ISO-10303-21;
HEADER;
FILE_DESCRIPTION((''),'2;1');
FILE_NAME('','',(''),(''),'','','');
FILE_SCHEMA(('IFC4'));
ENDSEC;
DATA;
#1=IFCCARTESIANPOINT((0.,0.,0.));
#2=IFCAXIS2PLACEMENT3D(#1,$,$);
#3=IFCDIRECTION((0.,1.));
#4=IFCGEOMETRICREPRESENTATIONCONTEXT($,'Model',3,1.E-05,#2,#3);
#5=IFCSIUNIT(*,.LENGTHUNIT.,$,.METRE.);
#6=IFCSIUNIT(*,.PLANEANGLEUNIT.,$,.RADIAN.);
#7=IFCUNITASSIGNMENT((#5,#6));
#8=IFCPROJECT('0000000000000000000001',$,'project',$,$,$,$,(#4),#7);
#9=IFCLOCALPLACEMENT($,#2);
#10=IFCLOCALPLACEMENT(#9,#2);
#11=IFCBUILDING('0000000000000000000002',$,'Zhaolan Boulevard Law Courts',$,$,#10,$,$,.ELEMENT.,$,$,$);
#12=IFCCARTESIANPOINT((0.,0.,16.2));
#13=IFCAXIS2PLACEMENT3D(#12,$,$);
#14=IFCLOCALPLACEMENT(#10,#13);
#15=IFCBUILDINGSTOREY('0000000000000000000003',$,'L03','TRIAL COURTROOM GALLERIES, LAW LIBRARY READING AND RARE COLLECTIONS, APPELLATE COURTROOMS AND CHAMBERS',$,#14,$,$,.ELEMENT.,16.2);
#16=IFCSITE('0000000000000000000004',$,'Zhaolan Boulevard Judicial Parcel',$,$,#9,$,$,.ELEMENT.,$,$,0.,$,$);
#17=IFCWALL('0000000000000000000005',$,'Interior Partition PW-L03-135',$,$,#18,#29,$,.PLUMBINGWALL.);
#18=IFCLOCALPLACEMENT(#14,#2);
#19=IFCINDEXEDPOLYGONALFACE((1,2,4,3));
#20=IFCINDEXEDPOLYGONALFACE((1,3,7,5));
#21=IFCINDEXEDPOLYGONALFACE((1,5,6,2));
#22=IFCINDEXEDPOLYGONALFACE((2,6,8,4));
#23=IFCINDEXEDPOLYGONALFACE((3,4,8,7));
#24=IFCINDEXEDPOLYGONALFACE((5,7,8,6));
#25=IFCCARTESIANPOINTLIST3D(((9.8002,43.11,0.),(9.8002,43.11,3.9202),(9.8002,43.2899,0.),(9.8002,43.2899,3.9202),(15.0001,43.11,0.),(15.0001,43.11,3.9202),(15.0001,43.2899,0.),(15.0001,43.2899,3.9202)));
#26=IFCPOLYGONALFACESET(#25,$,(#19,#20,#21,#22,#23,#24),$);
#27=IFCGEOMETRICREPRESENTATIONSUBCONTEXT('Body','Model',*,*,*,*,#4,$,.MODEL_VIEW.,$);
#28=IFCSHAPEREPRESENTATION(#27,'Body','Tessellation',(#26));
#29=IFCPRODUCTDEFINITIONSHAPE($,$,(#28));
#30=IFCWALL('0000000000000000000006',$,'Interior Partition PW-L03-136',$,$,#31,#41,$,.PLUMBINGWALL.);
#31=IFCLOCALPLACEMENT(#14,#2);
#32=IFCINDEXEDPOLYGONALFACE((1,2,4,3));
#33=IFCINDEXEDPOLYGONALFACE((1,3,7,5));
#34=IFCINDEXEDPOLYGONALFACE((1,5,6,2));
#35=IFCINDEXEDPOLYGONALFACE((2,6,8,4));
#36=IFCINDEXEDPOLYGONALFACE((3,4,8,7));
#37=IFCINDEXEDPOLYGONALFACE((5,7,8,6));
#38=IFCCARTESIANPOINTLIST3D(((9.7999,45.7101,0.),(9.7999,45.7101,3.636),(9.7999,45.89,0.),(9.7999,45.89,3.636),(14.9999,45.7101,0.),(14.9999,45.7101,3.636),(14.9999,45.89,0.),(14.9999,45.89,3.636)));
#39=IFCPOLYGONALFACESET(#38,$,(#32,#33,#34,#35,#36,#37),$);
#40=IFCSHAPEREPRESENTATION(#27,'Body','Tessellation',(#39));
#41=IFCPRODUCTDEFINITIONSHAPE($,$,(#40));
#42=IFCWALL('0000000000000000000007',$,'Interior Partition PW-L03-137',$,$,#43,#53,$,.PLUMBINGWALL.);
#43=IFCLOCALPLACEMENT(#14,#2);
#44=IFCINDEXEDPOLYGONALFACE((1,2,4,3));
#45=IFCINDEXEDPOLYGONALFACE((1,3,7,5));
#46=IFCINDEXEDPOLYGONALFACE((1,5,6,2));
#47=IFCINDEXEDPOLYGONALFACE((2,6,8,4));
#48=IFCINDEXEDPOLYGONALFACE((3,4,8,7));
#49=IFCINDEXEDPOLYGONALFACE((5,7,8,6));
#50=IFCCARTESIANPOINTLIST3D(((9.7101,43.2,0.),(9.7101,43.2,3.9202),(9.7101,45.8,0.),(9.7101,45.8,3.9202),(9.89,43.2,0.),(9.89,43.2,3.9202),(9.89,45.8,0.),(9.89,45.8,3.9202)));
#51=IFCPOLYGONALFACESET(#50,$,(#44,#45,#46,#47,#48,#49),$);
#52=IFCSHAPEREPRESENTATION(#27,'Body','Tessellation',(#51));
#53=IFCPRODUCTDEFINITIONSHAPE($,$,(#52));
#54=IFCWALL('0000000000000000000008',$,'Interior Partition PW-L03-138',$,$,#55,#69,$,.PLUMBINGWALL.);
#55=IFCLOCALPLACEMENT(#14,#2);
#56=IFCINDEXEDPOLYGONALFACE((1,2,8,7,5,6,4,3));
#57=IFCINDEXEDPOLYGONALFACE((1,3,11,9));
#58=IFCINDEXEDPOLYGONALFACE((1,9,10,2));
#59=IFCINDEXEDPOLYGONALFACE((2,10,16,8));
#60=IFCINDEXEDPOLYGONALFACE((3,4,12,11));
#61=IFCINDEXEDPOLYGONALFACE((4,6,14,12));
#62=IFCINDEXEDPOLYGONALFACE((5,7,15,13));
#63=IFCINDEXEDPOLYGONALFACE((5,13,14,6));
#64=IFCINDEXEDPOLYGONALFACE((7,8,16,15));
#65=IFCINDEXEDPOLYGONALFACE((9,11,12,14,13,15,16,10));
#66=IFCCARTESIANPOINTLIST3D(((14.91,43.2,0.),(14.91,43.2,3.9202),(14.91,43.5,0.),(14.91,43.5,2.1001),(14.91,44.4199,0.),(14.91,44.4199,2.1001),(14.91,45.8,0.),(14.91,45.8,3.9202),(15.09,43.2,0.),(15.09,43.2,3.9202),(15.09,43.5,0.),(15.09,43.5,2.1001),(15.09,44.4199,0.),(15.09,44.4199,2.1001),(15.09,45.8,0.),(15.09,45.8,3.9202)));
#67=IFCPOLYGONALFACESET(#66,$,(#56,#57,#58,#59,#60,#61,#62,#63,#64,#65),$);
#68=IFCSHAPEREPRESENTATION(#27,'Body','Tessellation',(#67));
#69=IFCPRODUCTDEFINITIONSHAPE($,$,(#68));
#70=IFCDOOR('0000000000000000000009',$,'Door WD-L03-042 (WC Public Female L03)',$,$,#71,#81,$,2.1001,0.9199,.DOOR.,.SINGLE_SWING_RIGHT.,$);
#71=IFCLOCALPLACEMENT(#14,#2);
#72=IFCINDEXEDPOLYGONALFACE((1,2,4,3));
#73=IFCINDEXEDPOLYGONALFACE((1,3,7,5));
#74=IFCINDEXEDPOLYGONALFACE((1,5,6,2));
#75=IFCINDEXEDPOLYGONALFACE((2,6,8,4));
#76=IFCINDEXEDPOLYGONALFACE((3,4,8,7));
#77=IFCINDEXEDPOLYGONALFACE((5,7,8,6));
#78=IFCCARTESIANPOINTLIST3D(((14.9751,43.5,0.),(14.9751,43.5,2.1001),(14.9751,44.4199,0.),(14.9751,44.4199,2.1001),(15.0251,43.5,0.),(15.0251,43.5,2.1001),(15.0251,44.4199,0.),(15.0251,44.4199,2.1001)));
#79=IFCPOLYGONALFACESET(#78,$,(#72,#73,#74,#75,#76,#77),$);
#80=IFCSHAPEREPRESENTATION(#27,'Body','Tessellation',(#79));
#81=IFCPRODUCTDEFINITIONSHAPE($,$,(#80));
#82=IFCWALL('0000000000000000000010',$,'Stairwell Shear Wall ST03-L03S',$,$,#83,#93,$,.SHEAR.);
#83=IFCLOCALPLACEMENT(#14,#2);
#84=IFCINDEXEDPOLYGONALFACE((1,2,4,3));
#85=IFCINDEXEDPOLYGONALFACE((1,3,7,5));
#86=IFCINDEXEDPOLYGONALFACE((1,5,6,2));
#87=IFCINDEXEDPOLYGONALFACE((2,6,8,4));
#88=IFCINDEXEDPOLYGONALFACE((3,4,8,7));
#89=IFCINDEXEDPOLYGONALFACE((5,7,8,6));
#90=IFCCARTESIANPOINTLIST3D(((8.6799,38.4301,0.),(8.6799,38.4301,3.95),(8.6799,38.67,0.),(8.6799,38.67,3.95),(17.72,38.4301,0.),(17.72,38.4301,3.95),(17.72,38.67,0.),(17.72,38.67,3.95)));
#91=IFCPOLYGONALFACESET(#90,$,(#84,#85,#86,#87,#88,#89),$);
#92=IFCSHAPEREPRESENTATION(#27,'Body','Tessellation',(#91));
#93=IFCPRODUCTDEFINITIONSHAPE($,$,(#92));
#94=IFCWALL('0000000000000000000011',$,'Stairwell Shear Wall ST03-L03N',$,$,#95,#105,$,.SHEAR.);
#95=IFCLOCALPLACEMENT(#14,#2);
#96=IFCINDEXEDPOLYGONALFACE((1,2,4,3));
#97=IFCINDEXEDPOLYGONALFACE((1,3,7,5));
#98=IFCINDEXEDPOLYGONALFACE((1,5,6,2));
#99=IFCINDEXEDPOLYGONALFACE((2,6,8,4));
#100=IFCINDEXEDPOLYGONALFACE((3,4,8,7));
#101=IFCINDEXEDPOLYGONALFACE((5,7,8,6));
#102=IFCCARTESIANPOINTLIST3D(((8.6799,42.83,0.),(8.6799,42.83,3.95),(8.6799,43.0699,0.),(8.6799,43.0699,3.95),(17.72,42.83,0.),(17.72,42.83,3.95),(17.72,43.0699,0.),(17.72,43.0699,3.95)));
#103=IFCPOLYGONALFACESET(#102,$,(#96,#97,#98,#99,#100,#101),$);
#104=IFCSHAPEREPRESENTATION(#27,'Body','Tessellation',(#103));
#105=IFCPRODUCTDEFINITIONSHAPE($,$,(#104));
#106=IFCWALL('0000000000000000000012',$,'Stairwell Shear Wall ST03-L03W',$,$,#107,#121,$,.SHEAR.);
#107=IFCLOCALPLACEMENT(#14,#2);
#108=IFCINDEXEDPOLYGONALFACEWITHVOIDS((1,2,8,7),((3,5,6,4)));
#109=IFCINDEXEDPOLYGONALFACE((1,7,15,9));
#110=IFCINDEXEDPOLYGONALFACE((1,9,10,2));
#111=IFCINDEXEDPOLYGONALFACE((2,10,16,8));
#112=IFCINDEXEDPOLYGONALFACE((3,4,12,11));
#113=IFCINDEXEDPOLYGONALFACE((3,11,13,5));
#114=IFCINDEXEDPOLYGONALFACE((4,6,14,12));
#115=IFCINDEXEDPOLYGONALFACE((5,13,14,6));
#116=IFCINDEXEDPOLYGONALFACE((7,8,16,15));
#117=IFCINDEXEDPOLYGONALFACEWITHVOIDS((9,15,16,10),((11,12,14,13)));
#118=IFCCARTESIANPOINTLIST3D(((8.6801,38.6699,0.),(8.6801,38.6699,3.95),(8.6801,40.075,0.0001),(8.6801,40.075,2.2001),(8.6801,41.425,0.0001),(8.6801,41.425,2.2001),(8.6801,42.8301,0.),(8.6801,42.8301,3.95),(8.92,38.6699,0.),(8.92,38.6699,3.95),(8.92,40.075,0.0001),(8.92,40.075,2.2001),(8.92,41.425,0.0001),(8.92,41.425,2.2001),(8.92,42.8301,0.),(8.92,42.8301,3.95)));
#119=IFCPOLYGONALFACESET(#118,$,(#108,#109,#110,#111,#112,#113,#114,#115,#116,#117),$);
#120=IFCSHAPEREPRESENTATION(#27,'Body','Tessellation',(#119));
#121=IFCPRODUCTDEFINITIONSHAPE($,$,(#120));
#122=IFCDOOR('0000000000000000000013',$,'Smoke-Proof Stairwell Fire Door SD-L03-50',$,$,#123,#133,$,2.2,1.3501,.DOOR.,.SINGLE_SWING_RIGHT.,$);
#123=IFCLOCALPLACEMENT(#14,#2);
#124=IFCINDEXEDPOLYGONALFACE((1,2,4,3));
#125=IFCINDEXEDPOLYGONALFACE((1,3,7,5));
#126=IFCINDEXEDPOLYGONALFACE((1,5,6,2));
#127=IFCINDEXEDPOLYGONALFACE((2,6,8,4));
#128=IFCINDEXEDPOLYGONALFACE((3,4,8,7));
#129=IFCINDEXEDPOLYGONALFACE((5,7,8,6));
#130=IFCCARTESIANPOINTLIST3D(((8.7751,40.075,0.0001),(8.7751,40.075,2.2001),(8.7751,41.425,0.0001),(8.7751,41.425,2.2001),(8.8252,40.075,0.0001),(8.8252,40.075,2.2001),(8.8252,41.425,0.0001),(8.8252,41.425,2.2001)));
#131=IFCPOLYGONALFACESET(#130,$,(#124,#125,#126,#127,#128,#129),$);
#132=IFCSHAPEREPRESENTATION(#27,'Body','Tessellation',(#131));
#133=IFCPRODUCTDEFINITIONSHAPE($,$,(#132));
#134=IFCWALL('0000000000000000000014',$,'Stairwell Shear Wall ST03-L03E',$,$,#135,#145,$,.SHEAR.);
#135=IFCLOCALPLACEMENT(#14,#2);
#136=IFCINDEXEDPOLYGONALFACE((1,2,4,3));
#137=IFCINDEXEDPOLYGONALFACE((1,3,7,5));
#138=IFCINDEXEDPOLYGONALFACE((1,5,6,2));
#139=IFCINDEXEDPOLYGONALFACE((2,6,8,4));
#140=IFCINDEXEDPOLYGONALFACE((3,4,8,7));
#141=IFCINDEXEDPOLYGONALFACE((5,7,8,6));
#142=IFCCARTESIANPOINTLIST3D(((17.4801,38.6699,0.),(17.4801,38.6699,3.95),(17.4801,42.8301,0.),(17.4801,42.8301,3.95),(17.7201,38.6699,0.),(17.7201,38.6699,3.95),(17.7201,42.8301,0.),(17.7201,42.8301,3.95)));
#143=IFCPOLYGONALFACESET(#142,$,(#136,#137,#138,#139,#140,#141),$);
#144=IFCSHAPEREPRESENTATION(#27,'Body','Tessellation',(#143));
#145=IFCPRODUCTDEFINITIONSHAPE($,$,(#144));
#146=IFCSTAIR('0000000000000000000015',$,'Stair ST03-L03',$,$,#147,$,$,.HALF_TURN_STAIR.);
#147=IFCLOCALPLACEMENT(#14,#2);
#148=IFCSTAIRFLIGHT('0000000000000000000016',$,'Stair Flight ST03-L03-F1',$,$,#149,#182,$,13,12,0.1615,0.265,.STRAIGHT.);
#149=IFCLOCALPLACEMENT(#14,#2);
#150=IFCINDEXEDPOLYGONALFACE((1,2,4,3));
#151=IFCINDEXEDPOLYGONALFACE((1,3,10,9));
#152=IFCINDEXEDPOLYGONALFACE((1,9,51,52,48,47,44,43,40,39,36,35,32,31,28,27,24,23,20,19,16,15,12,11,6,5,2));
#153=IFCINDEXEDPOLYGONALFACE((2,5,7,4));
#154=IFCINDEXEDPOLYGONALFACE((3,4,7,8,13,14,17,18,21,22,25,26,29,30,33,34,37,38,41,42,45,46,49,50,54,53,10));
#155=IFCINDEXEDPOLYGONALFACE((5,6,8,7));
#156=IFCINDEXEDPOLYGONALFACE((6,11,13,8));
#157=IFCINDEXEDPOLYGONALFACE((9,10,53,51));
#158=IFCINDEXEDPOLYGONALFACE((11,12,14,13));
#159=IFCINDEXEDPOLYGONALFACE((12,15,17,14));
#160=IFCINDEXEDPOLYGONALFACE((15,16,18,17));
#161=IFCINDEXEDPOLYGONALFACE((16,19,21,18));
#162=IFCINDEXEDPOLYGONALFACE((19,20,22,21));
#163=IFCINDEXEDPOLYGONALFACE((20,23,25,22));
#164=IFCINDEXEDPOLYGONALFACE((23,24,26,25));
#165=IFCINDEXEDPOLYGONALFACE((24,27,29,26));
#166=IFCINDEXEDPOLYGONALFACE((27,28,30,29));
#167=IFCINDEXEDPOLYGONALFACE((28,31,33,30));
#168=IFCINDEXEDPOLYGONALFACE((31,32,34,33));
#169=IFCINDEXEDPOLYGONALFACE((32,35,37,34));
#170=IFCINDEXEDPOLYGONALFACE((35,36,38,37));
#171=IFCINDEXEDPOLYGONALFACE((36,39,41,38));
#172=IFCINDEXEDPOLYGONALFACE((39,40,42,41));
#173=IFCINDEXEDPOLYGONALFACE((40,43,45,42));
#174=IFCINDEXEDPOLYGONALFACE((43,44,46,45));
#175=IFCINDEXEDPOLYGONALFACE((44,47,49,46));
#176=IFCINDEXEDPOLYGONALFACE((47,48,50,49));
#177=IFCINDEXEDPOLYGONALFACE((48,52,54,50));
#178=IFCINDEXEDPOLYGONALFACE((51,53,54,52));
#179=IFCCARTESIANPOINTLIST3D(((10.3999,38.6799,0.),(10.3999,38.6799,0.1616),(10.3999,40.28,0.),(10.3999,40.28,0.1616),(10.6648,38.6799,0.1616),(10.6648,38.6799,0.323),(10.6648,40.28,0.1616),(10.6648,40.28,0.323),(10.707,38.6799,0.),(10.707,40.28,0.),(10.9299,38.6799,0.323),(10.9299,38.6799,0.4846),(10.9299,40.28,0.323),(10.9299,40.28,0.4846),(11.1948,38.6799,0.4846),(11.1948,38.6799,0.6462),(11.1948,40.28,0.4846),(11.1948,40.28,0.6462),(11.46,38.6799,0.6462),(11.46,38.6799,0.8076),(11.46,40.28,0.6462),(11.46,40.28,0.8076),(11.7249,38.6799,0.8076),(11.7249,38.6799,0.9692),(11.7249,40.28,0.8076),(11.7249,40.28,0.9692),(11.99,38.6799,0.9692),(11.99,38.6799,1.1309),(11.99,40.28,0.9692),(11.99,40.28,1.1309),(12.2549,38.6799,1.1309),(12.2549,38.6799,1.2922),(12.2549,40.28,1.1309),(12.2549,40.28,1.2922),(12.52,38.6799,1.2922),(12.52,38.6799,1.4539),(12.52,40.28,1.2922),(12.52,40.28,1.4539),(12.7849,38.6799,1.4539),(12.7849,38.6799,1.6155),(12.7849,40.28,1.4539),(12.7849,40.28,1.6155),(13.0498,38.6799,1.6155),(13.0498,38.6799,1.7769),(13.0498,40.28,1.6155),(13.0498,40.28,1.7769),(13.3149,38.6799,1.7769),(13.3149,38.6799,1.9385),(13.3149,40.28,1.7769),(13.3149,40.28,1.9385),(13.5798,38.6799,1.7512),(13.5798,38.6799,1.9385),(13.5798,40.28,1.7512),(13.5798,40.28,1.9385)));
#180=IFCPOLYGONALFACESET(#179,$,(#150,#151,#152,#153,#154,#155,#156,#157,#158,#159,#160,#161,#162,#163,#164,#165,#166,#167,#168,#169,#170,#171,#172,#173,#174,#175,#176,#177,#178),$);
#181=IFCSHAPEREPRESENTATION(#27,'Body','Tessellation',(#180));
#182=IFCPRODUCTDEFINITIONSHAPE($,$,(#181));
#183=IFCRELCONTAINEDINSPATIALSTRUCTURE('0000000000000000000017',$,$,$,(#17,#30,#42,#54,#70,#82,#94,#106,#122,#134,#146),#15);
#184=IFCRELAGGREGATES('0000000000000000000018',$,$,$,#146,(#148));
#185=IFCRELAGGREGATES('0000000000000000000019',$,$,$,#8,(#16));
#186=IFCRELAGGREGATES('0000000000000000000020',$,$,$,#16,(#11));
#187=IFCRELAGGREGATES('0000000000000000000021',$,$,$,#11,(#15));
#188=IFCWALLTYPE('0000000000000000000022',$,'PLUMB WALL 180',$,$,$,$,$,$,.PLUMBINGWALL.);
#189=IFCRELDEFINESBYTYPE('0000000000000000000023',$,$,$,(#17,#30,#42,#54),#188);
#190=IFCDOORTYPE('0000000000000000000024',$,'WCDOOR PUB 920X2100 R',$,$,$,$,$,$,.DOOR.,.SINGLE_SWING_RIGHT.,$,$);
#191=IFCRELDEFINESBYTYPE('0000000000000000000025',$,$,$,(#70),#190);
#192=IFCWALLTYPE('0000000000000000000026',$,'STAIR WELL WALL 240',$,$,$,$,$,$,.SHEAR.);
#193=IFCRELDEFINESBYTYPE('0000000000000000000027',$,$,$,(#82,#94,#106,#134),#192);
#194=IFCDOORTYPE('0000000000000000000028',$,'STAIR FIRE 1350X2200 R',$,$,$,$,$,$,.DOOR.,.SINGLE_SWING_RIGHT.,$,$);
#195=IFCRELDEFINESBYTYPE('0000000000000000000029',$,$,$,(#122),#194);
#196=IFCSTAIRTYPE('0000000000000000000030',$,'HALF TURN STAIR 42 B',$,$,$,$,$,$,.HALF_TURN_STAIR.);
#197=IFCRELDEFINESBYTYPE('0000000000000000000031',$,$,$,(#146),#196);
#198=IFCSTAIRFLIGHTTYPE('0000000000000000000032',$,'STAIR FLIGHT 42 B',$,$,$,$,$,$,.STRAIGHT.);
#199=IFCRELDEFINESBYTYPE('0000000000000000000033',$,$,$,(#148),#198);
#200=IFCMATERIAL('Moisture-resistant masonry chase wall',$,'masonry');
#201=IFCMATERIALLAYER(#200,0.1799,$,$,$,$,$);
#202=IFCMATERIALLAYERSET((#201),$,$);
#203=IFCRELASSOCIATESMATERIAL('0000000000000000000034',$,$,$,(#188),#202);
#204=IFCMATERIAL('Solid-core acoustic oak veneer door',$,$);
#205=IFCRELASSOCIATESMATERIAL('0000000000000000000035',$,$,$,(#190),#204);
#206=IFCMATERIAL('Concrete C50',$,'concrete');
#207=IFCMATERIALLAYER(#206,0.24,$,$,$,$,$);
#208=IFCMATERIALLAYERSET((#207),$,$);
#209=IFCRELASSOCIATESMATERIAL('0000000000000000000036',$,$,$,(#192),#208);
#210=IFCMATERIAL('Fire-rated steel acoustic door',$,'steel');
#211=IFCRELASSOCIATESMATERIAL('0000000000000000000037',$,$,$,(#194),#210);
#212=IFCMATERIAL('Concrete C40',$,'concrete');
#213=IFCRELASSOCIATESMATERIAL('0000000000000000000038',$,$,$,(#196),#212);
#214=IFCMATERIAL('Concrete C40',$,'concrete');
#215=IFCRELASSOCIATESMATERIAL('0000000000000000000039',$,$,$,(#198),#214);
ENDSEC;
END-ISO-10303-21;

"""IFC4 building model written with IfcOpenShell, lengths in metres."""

from ifc_helpers import new_model, si_unit, direction, frame, frame_2d, origin, place, context, subcontext, project, spatial, polyline, rectangle, outline, extrude, material, layer, layer_set, type_object, element, fill, aggregate, save


model = new_model("IFC4")

# Units and contexts
model_context = context("Model", 3, precision=1e-05, world=origin(), true_north=direction((0.0, 1.0)))
body_context = subcontext(model_context, "Body", "Model", "MODEL_VIEW")
ifc_project = project(units=[si_unit("LENGTHUNIT", "METRE"), si_unit("PLANEANGLEUNIT", "RADIAN")], contexts=[model_context])

# Site, building, storey
site_placement = place(None, origin())
site = spatial("IfcSite", under=ifc_project, at=site_placement, Name="Zhaolan Boulevard Judicial Parcel", CompositionType="ELEMENT", RefElevation=0.0)
building_placement = place(site_placement, origin())
building = spatial("IfcBuilding", under=site, at=building_placement, Name="Zhaolan Boulevard Law Courts", CompositionType="ELEMENT")
storey_placement = place(building_placement, frame((0.0, 0.0, 16.2)))
storey = spatial("IfcBuildingStorey", under=building, at=storey_placement, Name="L03", Description="TRIAL COURTROOM GALLERIES, LAW LIBRARY READING AND RARE COLLECTIONS, APPELLATE COURTROOMS AND CHAMBERS", CompositionType="ELEMENT", Elevation=16.2)

# Walls
ifc_material_1 = material(Name="Moisture-resistant masonry chase wall", Category="masonry")
ifc_layer_1 = layer(ifc_material_1, 0.1799)
ifc_layer_set_1 = layer_set([ifc_layer_1])
wall_type_1 = type_object("IfcWallType", Name="PLUMB WALL 180", PredefinedType="PLUMBINGWALL", material=ifc_layer_set_1)
wall_1_placement = place(storey_placement, frame((9.8, 43.2, 0.0), z_axis=(0.0, 0.0, 1.0), x_axis=(1.0, 0.0, 0.0)))
element("IfcWall", 1, at=wall_1_placement, inside=storey, type_object=wall_type_1, Name="Interior Partition PW-L03-135", PredefinedType="PLUMBINGWALL", context=body_context, shape_type="SweptSolid", body=[
    extrude(rectangle(XDim=5.2, YDim=0.1799, at=frame_2d((2.6001, 0.0))), origin(), (0.0, 0.0, 1.0), 3.9202),
])
wall_2_placement = place(storey_placement, frame((15.0, 45.8, 0.0), z_axis=(0.0, 0.0, 1.0), x_axis=(-1.0, 0.0, 0.0)))
element("IfcWall", 2, at=wall_2_placement, inside=storey, type_object=wall_type_1, Name="Interior Partition PW-L03-136", PredefinedType="PLUMBINGWALL", context=body_context, shape_type="SweptSolid", body=[
    extrude(rectangle(XDim=5.2, YDim=0.1799, at=frame_2d((2.6001, 0.0))), origin(), (0.0, 0.0, 1.0), 3.636),
])
wall_3_placement = place(storey_placement, frame((9.8, 45.8, 0.0), z_axis=(0.0, 0.0, 1.0), x_axis=(0.0, -1.0, 0.0)))
element("IfcWall", 3, at=wall_3_placement, inside=storey, type_object=wall_type_1, Name="Interior Partition PW-L03-137", PredefinedType="PLUMBINGWALL", context=body_context, shape_type="SweptSolid", body=[
    extrude(rectangle(XDim=2.6001, YDim=0.1799, at=frame_2d((1.3, 0.0))), origin(), (0.0, 0.0, 1.0), 3.9202),
])

# Wall, opening, door
wall_4_placement = place(storey_placement, frame((15.0, 43.2, 0.0), z_axis=(0.0, 0.0, 1.0), x_axis=(0.0, 1.0, 0.0)))
wall_4 = element("IfcWall", 4, at=wall_4_placement, inside=storey, type_object=wall_type_1, Name="Interior Partition PW-L03-138", PredefinedType="PLUMBINGWALL", context=body_context, shape_type="SweptSolid", body=[
    extrude(rectangle(XDim=2.6001, YDim=0.1799, at=frame_2d((1.3, 0.0))), origin(), (0.0, 0.0, 1.0), 3.9202),
])
opening_1_placement = place(wall_4_placement, frame((0.3, 0.0, 0.0)))
opening_1 = element("IfcOpeningElement", 5, at=opening_1_placement, cuts=wall_4, PredefinedType="OPENING", context=body_context, shape_type="SweptSolid", body=[
    extrude(rectangle(XDim=0.9199, YDim=2.1001, at=frame_2d((0.46, 1.05))), frame((0.0, 0.0999, 0.0), z_axis=(0.0, -1.0, 0.0), x_axis=(1.0, 0.0, 0.0)), (0.0, 0.0, 1.0), 0.2),
])
ifc_material_2 = material(Name="Solid-core acoustic oak veneer door")
door_type_1 = type_object("IfcDoorType", Name="WCDOOR PUB 920X2100 R", OperationType="SINGLE_SWING_RIGHT", PredefinedType="DOOR", material=ifc_material_2)
door_1_placement = place(opening_1_placement, origin())
door_1 = element("IfcDoor", 6, at=door_1_placement, inside=storey, type_object=door_type_1, Name="Door WD-L03-042 (WC Public Female L03)", OperationType="SINGLE_SWING_RIGHT", OverallHeight=2.1001, OverallWidth=0.9199, PredefinedType="DOOR", context=body_context, shape_type="SweptSolid", body=[
    extrude(rectangle(XDim=0.9199, YDim=2.1001, at=frame_2d((0.46, 1.05))), frame((0.0, 0.0249, 0.0), z_axis=(0.0, -1.0, 0.0), x_axis=(1.0, 0.0, 0.0)), (0.0, 0.0, 1.0), 0.05),
])
fill(opening_1, door_1)

# Walls
ifc_material_3 = material(Name="Concrete C50", Category="concrete")
ifc_layer_2 = layer(ifc_material_3, 0.24)
ifc_layer_set_2 = layer_set([ifc_layer_2])
wall_type_2 = type_object("IfcWallType", Name="STAIR WELL WALL 240", PredefinedType="SHEAR", material=ifc_layer_set_2)
for number, where, z_axis, x_axis, name in (
    (7, (8.6799, 38.55, 0.0), (0.0, 0.0, 1.0), (1.0, 0.0, 0.0), "Stairwell Shear Wall ST03-L03S"),
    (8, (17.72, 42.95, 0.0), (0.0, 0.0, 1.0), (-1.0, 0.0, 0.0), "Stairwell Shear Wall ST03-L03N"),
):
    element("IfcWall", number, at=place(storey_placement, frame(where, z_axis=z_axis, x_axis=x_axis)), inside=storey, type_object=wall_type_2, Name=name, PredefinedType="SHEAR", context=body_context, shape_type="SweptSolid", body=[
        extrude(rectangle(XDim=9.04, YDim=0.24, at=frame_2d((4.52, 0.0))), origin(), (0.0, 0.0, 1.0), 3.95),
    ])

# Wall, opening, door
wall_5_placement = place(storey_placement, frame((8.8, 38.6699, 0.0), z_axis=(0.0, 0.0, 1.0), x_axis=(0.0, 1.0, 0.0)))
wall_5 = element("IfcWall", 9, at=wall_5_placement, inside=storey, type_object=wall_type_2, Name="Stairwell Shear Wall ST03-L03W", PredefinedType="SHEAR", context=body_context, shape_type="SweptSolid", body=[
    extrude(rectangle(XDim=4.1602, YDim=0.24, at=frame_2d((2.0801, 0.0))), origin(), (0.0, 0.0, 1.0), 3.95),
])
opening_2_placement = place(wall_5_placement, frame((1.405, 0.0, 0.0)))
opening_2 = element("IfcOpeningElement", 10, at=opening_2_placement, cuts=wall_5, PredefinedType="OPENING", context=body_context, shape_type="SweptSolid", body=[
    extrude(rectangle(XDim=1.3501, YDim=2.2, at=frame_2d((0.675, 1.1001))), frame((0.0, 0.1299, 0.0), z_axis=(0.0, -1.0, 0.0), x_axis=(1.0, 0.0, 0.0)), (0.0, 0.0, 1.0), 0.26),
])
ifc_material_4 = material(Name="Fire-rated steel acoustic door", Category="steel")
door_type_2 = type_object("IfcDoorType", Name="STAIR FIRE 1350X2200 R", OperationType="SINGLE_SWING_RIGHT", PredefinedType="DOOR", material=ifc_material_4)
door_2_placement = place(opening_2_placement, origin())
door_2 = element("IfcDoor", 11, at=door_2_placement, inside=storey, type_object=door_type_2, Name="Smoke-Proof Stairwell Fire Door SD-L03-50", OperationType="SINGLE_SWING_RIGHT", OverallHeight=2.2, OverallWidth=1.3501, PredefinedType="DOOR", context=body_context, shape_type="SweptSolid", body=[
    extrude(rectangle(XDim=1.3501, YDim=2.2, at=frame_2d((0.675, 1.1001))), frame((0.0, 0.0249, 0.0), z_axis=(0.0, -1.0, 0.0), x_axis=(1.0, 0.0, 0.0)), (0.0, 0.0, 1.0), 0.05),
])
fill(opening_2, door_2)

# Wall
wall_6_placement = place(storey_placement, frame((17.6001, 38.6699, 0.0), z_axis=(0.0, 0.0, 1.0), x_axis=(0.0, 1.0, 0.0)))
element("IfcWall", 12, at=wall_6_placement, inside=storey, type_object=wall_type_2, Name="Stairwell Shear Wall ST03-L03E", PredefinedType="SHEAR", context=body_context, shape_type="SweptSolid", body=[
    extrude(rectangle(XDim=4.1602, YDim=0.24, at=frame_2d((2.0801, 0.0))), origin(), (0.0, 0.0, 1.0), 3.95),
])

# Stair, stair flight
ifc_material_5 = material(Name="Concrete C40", Category="concrete")
stair_type = type_object("IfcStairType", Name="HALF TURN STAIR 42 B", PredefinedType="HALF_TURN_STAIR", material=ifc_material_5)
stair_placement = place(storey_placement, origin())
stair = element("IfcStair", 13, at=stair_placement, inside=storey, type_object=stair_type, Name="Stair ST03-L03", PredefinedType="HALF_TURN_STAIR")
ifc_material_6 = material(Name="Concrete C40", Category="concrete")
stair_flight_type = type_object("IfcStairFlightType", Name="STAIR FLIGHT 42 B", PredefinedType="STRAIGHT", material=ifc_material_6)
stair_flight_1_placement = place(storey_placement, frame((10.3999, 39.48, 0.0), z_axis=(0.0, 0.0, 1.0), x_axis=(1.0, 0.0, 0.0)))
stair_flight_1 = element("IfcStairFlight", 14, at=stair_flight_1_placement, type_object=stair_flight_type, Name="Stair Flight ST03-L03-F1", NumberOfRisers=13, NumberOfTreads=12, PredefinedType="STRAIGHT", RiserHeight=0.1615, TreadLength=0.265, context=body_context, shape_type="SweptSolid", body=[
    extrude(outline(polyline([(0.0, 0.0), (0.0, 0.1616), (0.2649, 0.1616), (0.2649, 0.323), (0.53, 0.323), (0.53, 0.4846), (0.7949, 0.4846), (0.7949, 0.6462), (1.0601, 0.6462), (1.0601, 0.8076), (1.325, 0.8076), (1.325, 0.9692), (1.5901, 0.9692), (1.5901, 1.1309), (1.855, 1.1309), (1.855, 1.2922), (2.1201, 1.2922), (2.1201, 1.4539), (2.385, 1.4539), (2.385, 1.6155), (2.6499, 1.6155), (2.6499, 1.7769), (2.915, 1.7769), (2.915, 1.9385), (3.1799, 1.9385), (3.1799, 2.1001), (3.1799, 1.7512), (0.3071, 0.0), (0.0, 0.0)])), frame((0.0, 0.8, 0.0), z_axis=(0.0, -1.0, 0.0), x_axis=(1.0, 0.0, 0.0)), (0.0, 0.0, 1.0), 1.6001),
])
aggregate(stair, [stair_flight_1])

save(model, "model.ifc")
